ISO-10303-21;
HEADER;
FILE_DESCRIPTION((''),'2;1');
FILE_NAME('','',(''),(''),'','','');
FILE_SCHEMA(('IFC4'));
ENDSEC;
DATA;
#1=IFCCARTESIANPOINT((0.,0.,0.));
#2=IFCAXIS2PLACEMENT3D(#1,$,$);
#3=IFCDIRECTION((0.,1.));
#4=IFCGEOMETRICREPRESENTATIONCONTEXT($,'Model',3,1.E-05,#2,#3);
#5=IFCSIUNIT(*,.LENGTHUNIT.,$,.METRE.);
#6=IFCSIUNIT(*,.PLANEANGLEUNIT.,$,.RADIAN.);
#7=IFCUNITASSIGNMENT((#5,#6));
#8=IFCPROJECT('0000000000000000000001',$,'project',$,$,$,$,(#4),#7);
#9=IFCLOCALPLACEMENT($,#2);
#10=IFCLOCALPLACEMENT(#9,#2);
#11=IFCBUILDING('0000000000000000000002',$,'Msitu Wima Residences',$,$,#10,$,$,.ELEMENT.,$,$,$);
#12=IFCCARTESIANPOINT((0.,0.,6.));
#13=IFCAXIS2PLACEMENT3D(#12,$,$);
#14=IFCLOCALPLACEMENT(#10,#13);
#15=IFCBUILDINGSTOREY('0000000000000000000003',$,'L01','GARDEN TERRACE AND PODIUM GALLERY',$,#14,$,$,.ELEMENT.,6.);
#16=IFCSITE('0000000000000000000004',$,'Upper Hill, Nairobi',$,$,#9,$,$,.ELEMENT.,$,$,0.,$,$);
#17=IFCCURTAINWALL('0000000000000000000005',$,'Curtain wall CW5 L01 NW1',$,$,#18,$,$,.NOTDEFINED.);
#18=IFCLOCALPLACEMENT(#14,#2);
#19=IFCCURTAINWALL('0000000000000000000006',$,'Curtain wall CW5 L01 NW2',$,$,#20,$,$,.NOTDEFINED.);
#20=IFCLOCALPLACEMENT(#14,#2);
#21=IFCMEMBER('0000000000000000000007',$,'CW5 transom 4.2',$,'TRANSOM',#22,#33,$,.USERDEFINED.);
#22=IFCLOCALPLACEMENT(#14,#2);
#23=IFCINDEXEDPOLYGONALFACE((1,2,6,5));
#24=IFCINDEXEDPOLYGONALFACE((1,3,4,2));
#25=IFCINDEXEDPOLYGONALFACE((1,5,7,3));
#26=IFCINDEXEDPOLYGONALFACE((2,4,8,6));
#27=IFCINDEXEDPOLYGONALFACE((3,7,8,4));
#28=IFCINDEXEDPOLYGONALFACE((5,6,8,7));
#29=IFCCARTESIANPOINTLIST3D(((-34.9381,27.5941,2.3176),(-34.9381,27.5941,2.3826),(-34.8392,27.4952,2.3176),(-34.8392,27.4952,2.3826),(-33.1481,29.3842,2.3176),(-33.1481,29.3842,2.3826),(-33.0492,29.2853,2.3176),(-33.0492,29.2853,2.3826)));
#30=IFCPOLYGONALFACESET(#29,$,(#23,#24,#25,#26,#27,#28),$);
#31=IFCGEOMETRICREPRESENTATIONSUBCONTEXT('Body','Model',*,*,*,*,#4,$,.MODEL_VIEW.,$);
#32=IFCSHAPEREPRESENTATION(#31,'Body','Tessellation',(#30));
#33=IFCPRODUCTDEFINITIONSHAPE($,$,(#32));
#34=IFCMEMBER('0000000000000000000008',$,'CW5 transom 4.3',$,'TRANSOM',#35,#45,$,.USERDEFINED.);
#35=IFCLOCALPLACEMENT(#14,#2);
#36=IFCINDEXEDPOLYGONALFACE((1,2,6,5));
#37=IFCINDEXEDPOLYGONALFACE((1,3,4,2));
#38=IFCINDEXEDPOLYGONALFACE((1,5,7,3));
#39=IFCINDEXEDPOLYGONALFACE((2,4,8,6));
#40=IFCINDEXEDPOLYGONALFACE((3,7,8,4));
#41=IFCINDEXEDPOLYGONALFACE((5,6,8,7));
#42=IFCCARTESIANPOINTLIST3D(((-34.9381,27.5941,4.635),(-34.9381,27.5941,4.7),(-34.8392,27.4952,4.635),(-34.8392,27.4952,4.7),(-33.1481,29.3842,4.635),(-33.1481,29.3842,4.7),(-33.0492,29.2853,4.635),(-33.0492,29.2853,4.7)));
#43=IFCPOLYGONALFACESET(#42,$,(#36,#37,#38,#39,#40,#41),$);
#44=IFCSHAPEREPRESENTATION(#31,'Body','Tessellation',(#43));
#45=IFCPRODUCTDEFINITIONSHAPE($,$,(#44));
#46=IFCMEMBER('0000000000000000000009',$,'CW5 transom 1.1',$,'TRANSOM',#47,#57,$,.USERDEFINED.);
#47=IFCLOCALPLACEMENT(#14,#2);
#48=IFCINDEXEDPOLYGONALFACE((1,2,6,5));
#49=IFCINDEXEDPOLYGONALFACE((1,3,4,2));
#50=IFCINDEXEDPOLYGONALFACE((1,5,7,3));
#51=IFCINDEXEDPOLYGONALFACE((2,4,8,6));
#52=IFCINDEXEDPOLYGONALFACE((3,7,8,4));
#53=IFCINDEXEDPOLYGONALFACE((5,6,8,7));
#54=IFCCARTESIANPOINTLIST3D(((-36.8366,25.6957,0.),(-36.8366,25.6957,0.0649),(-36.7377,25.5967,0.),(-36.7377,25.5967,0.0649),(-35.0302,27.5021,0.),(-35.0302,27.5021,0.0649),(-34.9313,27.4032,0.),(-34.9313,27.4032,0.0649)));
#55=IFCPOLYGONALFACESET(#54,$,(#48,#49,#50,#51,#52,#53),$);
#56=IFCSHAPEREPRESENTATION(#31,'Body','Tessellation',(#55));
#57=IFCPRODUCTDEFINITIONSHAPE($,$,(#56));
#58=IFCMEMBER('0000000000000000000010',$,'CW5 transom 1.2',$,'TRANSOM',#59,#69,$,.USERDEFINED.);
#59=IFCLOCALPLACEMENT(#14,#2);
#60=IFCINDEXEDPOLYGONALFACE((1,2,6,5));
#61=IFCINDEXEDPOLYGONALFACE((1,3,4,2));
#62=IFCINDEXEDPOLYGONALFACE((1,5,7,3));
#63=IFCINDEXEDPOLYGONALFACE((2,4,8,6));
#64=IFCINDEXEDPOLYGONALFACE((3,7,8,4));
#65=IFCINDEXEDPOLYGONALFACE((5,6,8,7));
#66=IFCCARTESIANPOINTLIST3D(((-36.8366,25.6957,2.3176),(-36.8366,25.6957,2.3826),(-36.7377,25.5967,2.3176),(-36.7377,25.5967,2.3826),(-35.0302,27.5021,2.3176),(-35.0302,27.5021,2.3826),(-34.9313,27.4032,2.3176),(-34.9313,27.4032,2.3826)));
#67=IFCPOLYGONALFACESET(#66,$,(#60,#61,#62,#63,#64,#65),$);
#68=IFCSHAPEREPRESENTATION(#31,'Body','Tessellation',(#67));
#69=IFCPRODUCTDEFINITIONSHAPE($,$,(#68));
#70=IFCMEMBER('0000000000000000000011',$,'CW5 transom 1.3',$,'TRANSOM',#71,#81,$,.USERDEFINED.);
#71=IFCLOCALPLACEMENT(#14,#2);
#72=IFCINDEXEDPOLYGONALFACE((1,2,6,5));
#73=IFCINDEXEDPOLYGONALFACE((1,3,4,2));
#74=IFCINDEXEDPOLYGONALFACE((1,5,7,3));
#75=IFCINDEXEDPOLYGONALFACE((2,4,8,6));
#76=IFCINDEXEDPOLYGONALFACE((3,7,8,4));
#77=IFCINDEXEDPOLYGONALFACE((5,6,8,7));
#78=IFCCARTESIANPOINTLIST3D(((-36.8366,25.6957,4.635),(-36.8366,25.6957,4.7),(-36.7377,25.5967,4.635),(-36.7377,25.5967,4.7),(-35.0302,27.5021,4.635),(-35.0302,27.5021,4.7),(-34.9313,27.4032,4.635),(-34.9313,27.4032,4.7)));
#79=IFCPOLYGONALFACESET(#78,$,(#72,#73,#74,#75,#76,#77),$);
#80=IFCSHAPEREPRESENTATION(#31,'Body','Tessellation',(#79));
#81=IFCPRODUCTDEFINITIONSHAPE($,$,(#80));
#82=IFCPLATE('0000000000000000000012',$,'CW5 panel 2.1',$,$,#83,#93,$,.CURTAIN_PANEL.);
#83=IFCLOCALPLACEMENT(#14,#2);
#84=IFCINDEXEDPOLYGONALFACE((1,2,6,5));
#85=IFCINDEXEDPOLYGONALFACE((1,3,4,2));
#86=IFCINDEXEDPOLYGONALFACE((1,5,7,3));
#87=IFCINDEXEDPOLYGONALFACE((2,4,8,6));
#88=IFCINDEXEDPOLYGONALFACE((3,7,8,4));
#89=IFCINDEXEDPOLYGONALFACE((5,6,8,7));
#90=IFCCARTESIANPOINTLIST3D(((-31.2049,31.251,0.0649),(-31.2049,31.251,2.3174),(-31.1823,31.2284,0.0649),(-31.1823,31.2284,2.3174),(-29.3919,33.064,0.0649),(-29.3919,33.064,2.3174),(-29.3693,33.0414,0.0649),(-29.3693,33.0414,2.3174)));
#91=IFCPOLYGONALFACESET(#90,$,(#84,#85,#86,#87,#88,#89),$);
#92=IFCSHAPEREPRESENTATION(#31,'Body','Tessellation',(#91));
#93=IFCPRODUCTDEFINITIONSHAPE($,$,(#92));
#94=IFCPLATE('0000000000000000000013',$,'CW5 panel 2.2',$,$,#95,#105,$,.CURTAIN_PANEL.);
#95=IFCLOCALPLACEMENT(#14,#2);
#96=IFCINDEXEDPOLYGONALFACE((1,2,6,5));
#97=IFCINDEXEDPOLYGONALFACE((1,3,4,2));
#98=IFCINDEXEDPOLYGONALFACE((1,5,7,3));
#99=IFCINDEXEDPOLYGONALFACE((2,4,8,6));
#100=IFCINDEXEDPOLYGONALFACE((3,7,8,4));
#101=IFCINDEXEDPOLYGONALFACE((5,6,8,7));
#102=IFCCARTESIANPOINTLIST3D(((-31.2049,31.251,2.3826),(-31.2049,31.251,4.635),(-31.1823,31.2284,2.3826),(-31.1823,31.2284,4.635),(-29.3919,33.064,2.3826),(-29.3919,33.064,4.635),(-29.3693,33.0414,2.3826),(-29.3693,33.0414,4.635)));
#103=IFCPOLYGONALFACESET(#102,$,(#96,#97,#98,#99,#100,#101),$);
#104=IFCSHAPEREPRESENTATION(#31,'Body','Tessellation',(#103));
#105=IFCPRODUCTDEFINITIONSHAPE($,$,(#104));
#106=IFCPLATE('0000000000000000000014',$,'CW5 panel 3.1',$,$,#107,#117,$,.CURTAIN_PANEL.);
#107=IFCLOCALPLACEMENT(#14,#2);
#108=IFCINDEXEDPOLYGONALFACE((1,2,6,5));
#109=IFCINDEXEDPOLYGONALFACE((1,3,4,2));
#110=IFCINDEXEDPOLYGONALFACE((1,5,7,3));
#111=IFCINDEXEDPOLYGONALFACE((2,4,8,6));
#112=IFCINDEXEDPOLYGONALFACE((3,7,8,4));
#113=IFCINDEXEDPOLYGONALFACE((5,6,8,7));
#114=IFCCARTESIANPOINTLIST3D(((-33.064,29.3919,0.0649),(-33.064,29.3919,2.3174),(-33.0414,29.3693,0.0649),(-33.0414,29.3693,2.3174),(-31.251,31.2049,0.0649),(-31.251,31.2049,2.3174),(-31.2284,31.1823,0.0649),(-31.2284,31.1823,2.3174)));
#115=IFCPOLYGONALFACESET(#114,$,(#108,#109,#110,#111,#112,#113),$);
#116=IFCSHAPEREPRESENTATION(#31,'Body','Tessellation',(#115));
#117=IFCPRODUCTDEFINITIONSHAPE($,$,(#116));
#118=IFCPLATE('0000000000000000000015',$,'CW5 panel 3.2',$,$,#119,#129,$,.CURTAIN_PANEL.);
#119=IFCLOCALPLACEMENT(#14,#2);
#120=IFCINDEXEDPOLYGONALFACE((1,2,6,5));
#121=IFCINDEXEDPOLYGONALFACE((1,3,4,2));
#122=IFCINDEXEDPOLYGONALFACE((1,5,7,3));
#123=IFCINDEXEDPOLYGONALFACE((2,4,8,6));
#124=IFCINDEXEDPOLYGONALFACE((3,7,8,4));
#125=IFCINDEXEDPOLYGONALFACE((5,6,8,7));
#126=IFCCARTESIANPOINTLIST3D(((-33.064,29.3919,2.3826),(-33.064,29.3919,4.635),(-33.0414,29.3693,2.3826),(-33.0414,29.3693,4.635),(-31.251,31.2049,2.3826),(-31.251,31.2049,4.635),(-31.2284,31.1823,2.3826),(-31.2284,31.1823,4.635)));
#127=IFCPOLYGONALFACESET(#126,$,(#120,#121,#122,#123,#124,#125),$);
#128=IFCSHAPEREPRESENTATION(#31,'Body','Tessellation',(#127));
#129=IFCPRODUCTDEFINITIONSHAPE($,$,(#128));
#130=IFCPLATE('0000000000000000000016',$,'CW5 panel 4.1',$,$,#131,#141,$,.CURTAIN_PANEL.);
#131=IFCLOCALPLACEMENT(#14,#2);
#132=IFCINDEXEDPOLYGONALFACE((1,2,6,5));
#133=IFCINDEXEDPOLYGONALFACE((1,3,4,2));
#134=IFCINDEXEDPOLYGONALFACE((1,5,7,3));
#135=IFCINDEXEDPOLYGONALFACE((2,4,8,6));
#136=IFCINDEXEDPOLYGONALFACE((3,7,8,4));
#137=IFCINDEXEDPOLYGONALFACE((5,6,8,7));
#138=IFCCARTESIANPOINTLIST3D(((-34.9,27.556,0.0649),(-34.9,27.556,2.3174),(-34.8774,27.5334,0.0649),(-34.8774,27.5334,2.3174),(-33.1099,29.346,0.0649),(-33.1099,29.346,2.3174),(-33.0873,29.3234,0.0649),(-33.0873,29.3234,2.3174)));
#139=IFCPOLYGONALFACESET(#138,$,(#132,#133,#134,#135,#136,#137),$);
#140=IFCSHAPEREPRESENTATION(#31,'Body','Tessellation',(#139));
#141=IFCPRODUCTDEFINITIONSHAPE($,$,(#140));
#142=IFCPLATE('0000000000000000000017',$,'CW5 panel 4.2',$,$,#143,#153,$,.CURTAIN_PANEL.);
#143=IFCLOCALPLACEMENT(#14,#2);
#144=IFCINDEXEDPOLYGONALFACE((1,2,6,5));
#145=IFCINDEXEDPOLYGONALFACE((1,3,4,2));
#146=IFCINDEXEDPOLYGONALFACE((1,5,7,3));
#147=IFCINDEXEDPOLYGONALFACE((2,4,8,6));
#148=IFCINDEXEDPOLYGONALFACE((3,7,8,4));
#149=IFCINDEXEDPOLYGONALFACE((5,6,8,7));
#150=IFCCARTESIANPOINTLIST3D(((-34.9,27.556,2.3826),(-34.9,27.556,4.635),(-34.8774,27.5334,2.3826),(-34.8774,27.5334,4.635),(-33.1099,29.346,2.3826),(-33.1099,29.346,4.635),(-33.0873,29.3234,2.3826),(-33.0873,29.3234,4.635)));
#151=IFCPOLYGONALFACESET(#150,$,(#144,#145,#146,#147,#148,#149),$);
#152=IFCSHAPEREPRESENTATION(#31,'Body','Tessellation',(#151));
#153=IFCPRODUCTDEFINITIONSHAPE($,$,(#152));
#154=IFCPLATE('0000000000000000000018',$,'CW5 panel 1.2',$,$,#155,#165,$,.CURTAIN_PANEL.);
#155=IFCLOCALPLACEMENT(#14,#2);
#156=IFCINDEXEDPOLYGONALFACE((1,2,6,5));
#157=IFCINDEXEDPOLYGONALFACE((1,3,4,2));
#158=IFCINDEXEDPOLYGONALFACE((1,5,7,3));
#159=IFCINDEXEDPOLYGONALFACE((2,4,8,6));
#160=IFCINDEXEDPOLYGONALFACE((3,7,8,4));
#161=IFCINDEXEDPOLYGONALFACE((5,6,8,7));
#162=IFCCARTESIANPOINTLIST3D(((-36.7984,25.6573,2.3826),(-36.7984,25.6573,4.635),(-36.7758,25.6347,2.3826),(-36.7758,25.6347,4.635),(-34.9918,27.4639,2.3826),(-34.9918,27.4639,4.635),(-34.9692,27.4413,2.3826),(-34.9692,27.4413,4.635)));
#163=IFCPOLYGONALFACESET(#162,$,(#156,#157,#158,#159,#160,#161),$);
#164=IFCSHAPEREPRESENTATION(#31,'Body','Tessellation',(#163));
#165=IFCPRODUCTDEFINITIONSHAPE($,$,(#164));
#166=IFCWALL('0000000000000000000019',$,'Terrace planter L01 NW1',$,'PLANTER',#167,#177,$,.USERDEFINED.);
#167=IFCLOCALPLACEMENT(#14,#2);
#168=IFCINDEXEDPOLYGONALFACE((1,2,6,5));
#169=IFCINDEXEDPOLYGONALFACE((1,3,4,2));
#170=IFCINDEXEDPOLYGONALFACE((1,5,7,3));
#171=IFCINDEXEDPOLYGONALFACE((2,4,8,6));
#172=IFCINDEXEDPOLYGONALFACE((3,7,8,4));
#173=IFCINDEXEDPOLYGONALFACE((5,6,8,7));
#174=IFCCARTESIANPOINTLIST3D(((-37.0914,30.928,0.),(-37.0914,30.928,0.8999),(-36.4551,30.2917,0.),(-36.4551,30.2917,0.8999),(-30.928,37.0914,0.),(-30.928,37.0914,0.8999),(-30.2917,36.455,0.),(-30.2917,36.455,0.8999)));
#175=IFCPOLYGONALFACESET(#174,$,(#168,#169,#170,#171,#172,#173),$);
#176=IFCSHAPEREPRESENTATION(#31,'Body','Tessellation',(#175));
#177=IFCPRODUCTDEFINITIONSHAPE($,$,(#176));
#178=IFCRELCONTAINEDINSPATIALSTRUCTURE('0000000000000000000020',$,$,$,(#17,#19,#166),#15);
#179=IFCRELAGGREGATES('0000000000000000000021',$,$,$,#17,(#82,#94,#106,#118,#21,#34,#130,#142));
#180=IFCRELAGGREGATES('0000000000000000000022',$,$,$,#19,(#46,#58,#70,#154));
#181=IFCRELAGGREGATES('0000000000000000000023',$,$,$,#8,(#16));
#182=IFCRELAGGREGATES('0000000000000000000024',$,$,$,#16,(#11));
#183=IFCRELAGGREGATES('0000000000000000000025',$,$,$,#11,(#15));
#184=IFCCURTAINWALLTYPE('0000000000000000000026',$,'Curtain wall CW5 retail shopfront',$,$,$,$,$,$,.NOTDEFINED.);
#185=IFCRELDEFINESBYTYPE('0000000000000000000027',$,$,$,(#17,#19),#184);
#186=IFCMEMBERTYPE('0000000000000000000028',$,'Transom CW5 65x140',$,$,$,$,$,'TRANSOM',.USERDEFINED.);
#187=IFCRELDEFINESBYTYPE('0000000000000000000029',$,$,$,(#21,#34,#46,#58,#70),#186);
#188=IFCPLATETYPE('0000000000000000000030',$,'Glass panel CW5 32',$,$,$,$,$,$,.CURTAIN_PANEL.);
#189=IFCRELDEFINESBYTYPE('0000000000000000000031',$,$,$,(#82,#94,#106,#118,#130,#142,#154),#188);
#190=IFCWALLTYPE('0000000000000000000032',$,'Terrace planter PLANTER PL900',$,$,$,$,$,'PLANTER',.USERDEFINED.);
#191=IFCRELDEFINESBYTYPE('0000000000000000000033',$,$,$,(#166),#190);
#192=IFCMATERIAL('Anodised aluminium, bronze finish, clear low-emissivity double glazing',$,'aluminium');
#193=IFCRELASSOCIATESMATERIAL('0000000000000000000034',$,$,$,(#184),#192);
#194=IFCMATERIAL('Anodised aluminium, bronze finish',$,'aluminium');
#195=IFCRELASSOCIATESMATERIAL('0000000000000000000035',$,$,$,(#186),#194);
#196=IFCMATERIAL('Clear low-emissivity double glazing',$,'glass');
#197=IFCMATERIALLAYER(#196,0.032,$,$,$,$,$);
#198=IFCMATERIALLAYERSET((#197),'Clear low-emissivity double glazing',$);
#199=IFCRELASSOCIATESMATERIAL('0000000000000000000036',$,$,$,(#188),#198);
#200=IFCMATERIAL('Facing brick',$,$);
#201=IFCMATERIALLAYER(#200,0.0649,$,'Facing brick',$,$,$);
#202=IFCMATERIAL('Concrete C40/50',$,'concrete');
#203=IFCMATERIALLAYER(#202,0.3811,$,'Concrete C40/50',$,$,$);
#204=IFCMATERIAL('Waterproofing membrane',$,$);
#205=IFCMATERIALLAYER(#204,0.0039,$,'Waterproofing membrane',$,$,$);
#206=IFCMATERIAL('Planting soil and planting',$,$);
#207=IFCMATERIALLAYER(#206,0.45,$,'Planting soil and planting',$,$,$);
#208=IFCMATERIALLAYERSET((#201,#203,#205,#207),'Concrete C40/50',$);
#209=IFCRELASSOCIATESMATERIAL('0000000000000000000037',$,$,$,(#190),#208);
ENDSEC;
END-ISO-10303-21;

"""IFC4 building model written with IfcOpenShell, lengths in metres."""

from ifc_helpers import new_model, si_unit, direction, frame, frame_2d, origin, origin_2d, place, context, subcontext, project, spatial, rectangle, extrude, material, layer, layer_set, material_profile, profile_set, type_object, element, aggregate, save


model = new_model("IFC4")

# Units and contexts
model_context = context("Model", 3, precision=1e-05, world=origin(), true_north=direction((0.0, 1.0)))
body_context = subcontext(model_context, "Body", "Model", "MODEL_VIEW")
ifc_project = project(units=[si_unit("LENGTHUNIT", "METRE"), si_unit("PLANEANGLEUNIT", "RADIAN")], contexts=[model_context])

# Site, building, storey
site_placement = place(None, origin())
site = spatial("IfcSite", under=ifc_project, at=site_placement, Name="Upper Hill, Nairobi", CompositionType="ELEMENT", RefElevation=0.0)
building_placement = place(site_placement, origin())
building = spatial("IfcBuilding", under=site, at=building_placement, Name="Msitu Wima Residences", CompositionType="ELEMENT")
storey_placement = place(building_placement, frame((0.0, 0.0, 6.0)))
storey = spatial("IfcBuildingStorey", under=building, at=storey_placement, Name="L01", Description="GARDEN TERRACE AND PODIUM GALLERY", CompositionType="ELEMENT", Elevation=6.0)

# Curtain wall
ifc_material_1 = material(Name="Anodised aluminium, bronze finish, clear low-emissivity double glazing", Category="aluminium")
curtain_wall_type = type_object("IfcCurtainWallType", Name="Curtain wall CW5 retail shopfront", PredefinedType="NOTDEFINED", material=ifc_material_1)
curtain_wall_1_placement = place(storey_placement, origin())
curtain_wall_1 = element("IfcCurtainWall", 1, at=curtain_wall_1_placement, inside=storey, type_object=curtain_wall_type, Name="Curtain wall CW5 L01 NW1", PredefinedType="NOTDEFINED")
ifc_material_2 = material(Name="Anodised aluminium, bronze finish", Category="aluminium")

# Curtain wall
curtain_wall_2_placement = place(storey_placement, origin())
curtain_wall_2 = element("IfcCurtainWall", 2, at=curtain_wall_2_placement, inside=storey, type_object=curtain_wall_type, Name="Curtain wall CW5 L01 NW2", PredefinedType="NOTDEFINED")

# Members
ifc_material_profile_1 = material_profile(ifc_material_2, rectangle(XDim=0.1399, YDim=0.0649, at=origin_2d()), Name="Transom 65x140")
ifc_profile_set_1 = profile_set([ifc_material_profile_1], Name="Anodised aluminium, bronze finish")
member_type_1 = type_object("IfcMemberType", Name="Transom CW5 65x140", ElementType="TRANSOM", PredefinedType="USERDEFINED", material=ifc_profile_set_1)
member_1_placement = place(storey_placement, frame((-33.0986, 29.3347, 2.3501), z_axis=(-0.707107, -0.707107, 0.0), x_axis=(0.707107, -0.707107, 0.0)))
member_1 = element("IfcMember", 3, at=member_1_placement, type_object=member_type_1, Name="CW5 transom 4.2", ObjectType="TRANSOM", PredefinedType="USERDEFINED", context=body_context, shape_type="SweptSolid", body=[
    extrude(rectangle(XDim=0.1399, YDim=0.0649, at=origin_2d()), origin(), (0.0, 0.0, 1.0), 2.5315),
])
member_2_placement = place(storey_placement, frame((-33.0986, 29.3347, 4.6675), z_axis=(-0.707107, -0.707107, 0.0), x_axis=(0.707107, -0.707107, 0.0)))
member_2 = element("IfcMember", 4, at=member_2_placement, type_object=member_type_1, Name="CW5 transom 4.3", ObjectType="TRANSOM", PredefinedType="USERDEFINED", context=body_context, shape_type="SweptSolid", body=[
    extrude(rectangle(XDim=0.1399, YDim=0.0649, at=origin_2d()), origin(), (0.0, 0.0, 1.0), 2.5315),
])
member_3_placement = place(storey_placement, frame((-34.9807, 27.4526, 0.0325), z_axis=(-0.707107, -0.707107, 0.0), x_axis=(0.707107, -0.707107, 0.0)))
member_3 = element("IfcMember", 5, at=member_3_placement, type_object=member_type_1, Name="CW5 transom 1.1", ObjectType="TRANSOM", PredefinedType="USERDEFINED", context=body_context, shape_type="SweptSolid", body=[
    extrude(rectangle(XDim=0.1399, YDim=0.0649, at=origin_2d()), origin(), (0.0, 0.0, 1.0), 2.5547),
])
member_4_placement = place(storey_placement, frame((-34.9807, 27.4526, 2.3501), z_axis=(-0.707107, -0.707107, 0.0), x_axis=(0.707107, -0.707107, 0.0)))
member_4 = element("IfcMember", 6, at=member_4_placement, type_object=member_type_1, Name="CW5 transom 1.2", ObjectType="TRANSOM", PredefinedType="USERDEFINED", context=body_context, shape_type="SweptSolid", body=[
    extrude(rectangle(XDim=0.1399, YDim=0.0649, at=origin_2d()), origin(), (0.0, 0.0, 1.0), 2.5547),
])
member_5_placement = place(storey_placement, frame((-34.9807, 27.4526, 4.6675), z_axis=(-0.707107, -0.707107, 0.0), x_axis=(0.707107, -0.707107, 0.0)))
member_5 = element("IfcMember", 7, at=member_5_placement, type_object=member_type_1, Name="CW5 transom 1.3", ObjectType="TRANSOM", PredefinedType="USERDEFINED", context=body_context, shape_type="SweptSolid", body=[
    extrude(rectangle(XDim=0.1399, YDim=0.0649, at=origin_2d()), origin(), (0.0, 0.0, 1.0), 2.5547),
])

# Plates
ifc_material_3 = material(Name="Clear low-emissivity double glazing", Category="glass")
ifc_layer_1 = layer(ifc_material_3, 0.032)
ifc_layer_set_1 = layer_set([ifc_layer_1], Name="Clear low-emissivity double glazing")
plate_type = type_object("IfcPlateType", Name="Glass panel CW5 32", PredefinedType="CURTAIN_PANEL", material=ifc_layer_set_1)
plate_1_placement = place(storey_placement, frame((-30.2871, 32.1462, 0.0649), z_axis=(0.0, 0.0, 1.0), x_axis=(-0.707107, -0.707107, 0.0)))
plate_1 = element("IfcPlate", 8, at=plate_1_placement, type_object=plate_type, Name="CW5 panel 2.1", PredefinedType="CURTAIN_PANEL", context=body_context, shape_type="SweptSolid", body=[
    extrude(rectangle(XDim=2.564, YDim=0.032, at=origin_2d()), origin(), (0.0, 0.0, 1.0), 2.2524),
])
plate_2_placement = place(storey_placement, frame((-30.2871, 32.1462, 2.3826), z_axis=(0.0, 0.0, 1.0), x_axis=(-0.707107, -0.707107, 0.0)))
plate_2 = element("IfcPlate", 9, at=plate_2_placement, type_object=plate_type, Name="CW5 panel 2.2", PredefinedType="CURTAIN_PANEL", context=body_context, shape_type="SweptSolid", body=[
    extrude(rectangle(XDim=2.564, YDim=0.032, at=origin_2d()), origin(), (0.0, 0.0, 1.0), 2.2524),
])
plate_3_placement = place(storey_placement, frame((-32.1462, 30.2871, 0.0649), z_axis=(0.0, 0.0, 1.0), x_axis=(-0.707107, -0.707107, 0.0)))
plate_3 = element("IfcPlate", 10, at=plate_3_placement, type_object=plate_type, Name="CW5 panel 3.1", PredefinedType="CURTAIN_PANEL", context=body_context, shape_type="SweptSolid", body=[
    extrude(rectangle(XDim=2.564, YDim=0.032, at=origin_2d()), origin(), (0.0, 0.0, 1.0), 2.2524),
])
plate_4_placement = place(storey_placement, frame((-32.1462, 30.2871, 2.3826), z_axis=(0.0, 0.0, 1.0), x_axis=(-0.707107, -0.707107, 0.0)))
plate_4 = element("IfcPlate", 11, at=plate_4_placement, type_object=plate_type, Name="CW5 panel 3.2", PredefinedType="CURTAIN_PANEL", context=body_context, shape_type="SweptSolid", body=[
    extrude(rectangle(XDim=2.564, YDim=0.032, at=origin_2d()), origin(), (0.0, 0.0, 1.0), 2.2524),
])
plate_5_placement = place(storey_placement, frame((-33.9937, 28.4397, 0.0649), z_axis=(0.0, 0.0, 1.0), x_axis=(-0.707107, -0.707107, 0.0)))
plate_5 = element("IfcPlate", 12, at=plate_5_placement, type_object=plate_type, Name="CW5 panel 4.1", PredefinedType="CURTAIN_PANEL", context=body_context, shape_type="SweptSolid", body=[
    extrude(rectangle(XDim=2.5315, YDim=0.032, at=origin_2d()), origin(), (0.0, 0.0, 1.0), 2.2524),
])
plate_6_placement = place(storey_placement, frame((-33.9937, 28.4397, 2.3826), z_axis=(0.0, 0.0, 1.0), x_axis=(-0.707107, -0.707107, 0.0)))
plate_6 = element("IfcPlate", 13, at=plate_6_placement, type_object=plate_type, Name="CW5 panel 4.2", PredefinedType="CURTAIN_PANEL", context=body_context, shape_type="SweptSolid", body=[
    extrude(rectangle(XDim=2.5315, YDim=0.032, at=origin_2d()), origin(), (0.0, 0.0, 1.0), 2.2524),
])
aggregate(curtain_wall_1, [plate_1, plate_2, plate_3, plate_4, member_1, member_2, plate_5, plate_6])
plate_7_placement = place(storey_placement, frame((-35.8838, 26.5493, 2.3826), z_axis=(0.0, 0.0, 1.0), x_axis=(-0.707107, -0.707107, 0.0)))
plate_7 = element("IfcPlate", 14, at=plate_7_placement, type_object=plate_type, Name="CW5 panel 1.2", PredefinedType="CURTAIN_PANEL", context=body_context, shape_type="SweptSolid", body=[
    extrude(rectangle(XDim=2.5549, YDim=0.032, at=origin_2d()), origin(), (0.0, 0.0, 1.0), 2.2524),
])
aggregate(curtain_wall_2, [member_3, member_4, member_5, plate_7])

# Wall
ifc_material_4 = material(Name="Facing brick")
ifc_layer_2 = layer(ifc_material_4, 0.0649, Name="Facing brick")
ifc_material_5 = material(Name="Concrete C40/50", Category="concrete")
ifc_layer_3 = layer(ifc_material_5, 0.3811, Name="Concrete C40/50")
ifc_material_6 = material(Name="Waterproofing membrane")
ifc_layer_4 = layer(ifc_material_6, 0.0039, Name="Waterproofing membrane")
ifc_material_7 = material(Name="Planting soil and planting")
ifc_layer_5 = layer(ifc_material_7, 0.45, Name="Planting soil and planting")
ifc_layer_set_2 = layer_set([ifc_layer_2, ifc_layer_3, ifc_layer_4, ifc_layer_5], Name="Concrete C40/50")
wall_type = type_object("IfcWallType", Name="Terrace planter PLANTER PL900", ElementType="PLANTER", PredefinedType="USERDEFINED", material=ifc_layer_set_2)
wall_placement = place(storey_placement, frame((-30.6099, 36.7732, 0.0), z_axis=(0.0, 0.0, 1.0), x_axis=(-0.707107, -0.707107, 0.0)))
element("IfcWall", 15, at=wall_placement, inside=storey, type_object=wall_type, Name="Terrace planter L01 NW1", ObjectType="PLANTER", PredefinedType="USERDEFINED", context=body_context, shape_type="SweptSolid", body=[
    extrude(rectangle(XDim=8.7163, YDim=0.8999, at=frame_2d((4.3582, 0.0))), origin(), (0.0, 0.0, 1.0), 0.8999),
])

save(model, "model.ifc")
